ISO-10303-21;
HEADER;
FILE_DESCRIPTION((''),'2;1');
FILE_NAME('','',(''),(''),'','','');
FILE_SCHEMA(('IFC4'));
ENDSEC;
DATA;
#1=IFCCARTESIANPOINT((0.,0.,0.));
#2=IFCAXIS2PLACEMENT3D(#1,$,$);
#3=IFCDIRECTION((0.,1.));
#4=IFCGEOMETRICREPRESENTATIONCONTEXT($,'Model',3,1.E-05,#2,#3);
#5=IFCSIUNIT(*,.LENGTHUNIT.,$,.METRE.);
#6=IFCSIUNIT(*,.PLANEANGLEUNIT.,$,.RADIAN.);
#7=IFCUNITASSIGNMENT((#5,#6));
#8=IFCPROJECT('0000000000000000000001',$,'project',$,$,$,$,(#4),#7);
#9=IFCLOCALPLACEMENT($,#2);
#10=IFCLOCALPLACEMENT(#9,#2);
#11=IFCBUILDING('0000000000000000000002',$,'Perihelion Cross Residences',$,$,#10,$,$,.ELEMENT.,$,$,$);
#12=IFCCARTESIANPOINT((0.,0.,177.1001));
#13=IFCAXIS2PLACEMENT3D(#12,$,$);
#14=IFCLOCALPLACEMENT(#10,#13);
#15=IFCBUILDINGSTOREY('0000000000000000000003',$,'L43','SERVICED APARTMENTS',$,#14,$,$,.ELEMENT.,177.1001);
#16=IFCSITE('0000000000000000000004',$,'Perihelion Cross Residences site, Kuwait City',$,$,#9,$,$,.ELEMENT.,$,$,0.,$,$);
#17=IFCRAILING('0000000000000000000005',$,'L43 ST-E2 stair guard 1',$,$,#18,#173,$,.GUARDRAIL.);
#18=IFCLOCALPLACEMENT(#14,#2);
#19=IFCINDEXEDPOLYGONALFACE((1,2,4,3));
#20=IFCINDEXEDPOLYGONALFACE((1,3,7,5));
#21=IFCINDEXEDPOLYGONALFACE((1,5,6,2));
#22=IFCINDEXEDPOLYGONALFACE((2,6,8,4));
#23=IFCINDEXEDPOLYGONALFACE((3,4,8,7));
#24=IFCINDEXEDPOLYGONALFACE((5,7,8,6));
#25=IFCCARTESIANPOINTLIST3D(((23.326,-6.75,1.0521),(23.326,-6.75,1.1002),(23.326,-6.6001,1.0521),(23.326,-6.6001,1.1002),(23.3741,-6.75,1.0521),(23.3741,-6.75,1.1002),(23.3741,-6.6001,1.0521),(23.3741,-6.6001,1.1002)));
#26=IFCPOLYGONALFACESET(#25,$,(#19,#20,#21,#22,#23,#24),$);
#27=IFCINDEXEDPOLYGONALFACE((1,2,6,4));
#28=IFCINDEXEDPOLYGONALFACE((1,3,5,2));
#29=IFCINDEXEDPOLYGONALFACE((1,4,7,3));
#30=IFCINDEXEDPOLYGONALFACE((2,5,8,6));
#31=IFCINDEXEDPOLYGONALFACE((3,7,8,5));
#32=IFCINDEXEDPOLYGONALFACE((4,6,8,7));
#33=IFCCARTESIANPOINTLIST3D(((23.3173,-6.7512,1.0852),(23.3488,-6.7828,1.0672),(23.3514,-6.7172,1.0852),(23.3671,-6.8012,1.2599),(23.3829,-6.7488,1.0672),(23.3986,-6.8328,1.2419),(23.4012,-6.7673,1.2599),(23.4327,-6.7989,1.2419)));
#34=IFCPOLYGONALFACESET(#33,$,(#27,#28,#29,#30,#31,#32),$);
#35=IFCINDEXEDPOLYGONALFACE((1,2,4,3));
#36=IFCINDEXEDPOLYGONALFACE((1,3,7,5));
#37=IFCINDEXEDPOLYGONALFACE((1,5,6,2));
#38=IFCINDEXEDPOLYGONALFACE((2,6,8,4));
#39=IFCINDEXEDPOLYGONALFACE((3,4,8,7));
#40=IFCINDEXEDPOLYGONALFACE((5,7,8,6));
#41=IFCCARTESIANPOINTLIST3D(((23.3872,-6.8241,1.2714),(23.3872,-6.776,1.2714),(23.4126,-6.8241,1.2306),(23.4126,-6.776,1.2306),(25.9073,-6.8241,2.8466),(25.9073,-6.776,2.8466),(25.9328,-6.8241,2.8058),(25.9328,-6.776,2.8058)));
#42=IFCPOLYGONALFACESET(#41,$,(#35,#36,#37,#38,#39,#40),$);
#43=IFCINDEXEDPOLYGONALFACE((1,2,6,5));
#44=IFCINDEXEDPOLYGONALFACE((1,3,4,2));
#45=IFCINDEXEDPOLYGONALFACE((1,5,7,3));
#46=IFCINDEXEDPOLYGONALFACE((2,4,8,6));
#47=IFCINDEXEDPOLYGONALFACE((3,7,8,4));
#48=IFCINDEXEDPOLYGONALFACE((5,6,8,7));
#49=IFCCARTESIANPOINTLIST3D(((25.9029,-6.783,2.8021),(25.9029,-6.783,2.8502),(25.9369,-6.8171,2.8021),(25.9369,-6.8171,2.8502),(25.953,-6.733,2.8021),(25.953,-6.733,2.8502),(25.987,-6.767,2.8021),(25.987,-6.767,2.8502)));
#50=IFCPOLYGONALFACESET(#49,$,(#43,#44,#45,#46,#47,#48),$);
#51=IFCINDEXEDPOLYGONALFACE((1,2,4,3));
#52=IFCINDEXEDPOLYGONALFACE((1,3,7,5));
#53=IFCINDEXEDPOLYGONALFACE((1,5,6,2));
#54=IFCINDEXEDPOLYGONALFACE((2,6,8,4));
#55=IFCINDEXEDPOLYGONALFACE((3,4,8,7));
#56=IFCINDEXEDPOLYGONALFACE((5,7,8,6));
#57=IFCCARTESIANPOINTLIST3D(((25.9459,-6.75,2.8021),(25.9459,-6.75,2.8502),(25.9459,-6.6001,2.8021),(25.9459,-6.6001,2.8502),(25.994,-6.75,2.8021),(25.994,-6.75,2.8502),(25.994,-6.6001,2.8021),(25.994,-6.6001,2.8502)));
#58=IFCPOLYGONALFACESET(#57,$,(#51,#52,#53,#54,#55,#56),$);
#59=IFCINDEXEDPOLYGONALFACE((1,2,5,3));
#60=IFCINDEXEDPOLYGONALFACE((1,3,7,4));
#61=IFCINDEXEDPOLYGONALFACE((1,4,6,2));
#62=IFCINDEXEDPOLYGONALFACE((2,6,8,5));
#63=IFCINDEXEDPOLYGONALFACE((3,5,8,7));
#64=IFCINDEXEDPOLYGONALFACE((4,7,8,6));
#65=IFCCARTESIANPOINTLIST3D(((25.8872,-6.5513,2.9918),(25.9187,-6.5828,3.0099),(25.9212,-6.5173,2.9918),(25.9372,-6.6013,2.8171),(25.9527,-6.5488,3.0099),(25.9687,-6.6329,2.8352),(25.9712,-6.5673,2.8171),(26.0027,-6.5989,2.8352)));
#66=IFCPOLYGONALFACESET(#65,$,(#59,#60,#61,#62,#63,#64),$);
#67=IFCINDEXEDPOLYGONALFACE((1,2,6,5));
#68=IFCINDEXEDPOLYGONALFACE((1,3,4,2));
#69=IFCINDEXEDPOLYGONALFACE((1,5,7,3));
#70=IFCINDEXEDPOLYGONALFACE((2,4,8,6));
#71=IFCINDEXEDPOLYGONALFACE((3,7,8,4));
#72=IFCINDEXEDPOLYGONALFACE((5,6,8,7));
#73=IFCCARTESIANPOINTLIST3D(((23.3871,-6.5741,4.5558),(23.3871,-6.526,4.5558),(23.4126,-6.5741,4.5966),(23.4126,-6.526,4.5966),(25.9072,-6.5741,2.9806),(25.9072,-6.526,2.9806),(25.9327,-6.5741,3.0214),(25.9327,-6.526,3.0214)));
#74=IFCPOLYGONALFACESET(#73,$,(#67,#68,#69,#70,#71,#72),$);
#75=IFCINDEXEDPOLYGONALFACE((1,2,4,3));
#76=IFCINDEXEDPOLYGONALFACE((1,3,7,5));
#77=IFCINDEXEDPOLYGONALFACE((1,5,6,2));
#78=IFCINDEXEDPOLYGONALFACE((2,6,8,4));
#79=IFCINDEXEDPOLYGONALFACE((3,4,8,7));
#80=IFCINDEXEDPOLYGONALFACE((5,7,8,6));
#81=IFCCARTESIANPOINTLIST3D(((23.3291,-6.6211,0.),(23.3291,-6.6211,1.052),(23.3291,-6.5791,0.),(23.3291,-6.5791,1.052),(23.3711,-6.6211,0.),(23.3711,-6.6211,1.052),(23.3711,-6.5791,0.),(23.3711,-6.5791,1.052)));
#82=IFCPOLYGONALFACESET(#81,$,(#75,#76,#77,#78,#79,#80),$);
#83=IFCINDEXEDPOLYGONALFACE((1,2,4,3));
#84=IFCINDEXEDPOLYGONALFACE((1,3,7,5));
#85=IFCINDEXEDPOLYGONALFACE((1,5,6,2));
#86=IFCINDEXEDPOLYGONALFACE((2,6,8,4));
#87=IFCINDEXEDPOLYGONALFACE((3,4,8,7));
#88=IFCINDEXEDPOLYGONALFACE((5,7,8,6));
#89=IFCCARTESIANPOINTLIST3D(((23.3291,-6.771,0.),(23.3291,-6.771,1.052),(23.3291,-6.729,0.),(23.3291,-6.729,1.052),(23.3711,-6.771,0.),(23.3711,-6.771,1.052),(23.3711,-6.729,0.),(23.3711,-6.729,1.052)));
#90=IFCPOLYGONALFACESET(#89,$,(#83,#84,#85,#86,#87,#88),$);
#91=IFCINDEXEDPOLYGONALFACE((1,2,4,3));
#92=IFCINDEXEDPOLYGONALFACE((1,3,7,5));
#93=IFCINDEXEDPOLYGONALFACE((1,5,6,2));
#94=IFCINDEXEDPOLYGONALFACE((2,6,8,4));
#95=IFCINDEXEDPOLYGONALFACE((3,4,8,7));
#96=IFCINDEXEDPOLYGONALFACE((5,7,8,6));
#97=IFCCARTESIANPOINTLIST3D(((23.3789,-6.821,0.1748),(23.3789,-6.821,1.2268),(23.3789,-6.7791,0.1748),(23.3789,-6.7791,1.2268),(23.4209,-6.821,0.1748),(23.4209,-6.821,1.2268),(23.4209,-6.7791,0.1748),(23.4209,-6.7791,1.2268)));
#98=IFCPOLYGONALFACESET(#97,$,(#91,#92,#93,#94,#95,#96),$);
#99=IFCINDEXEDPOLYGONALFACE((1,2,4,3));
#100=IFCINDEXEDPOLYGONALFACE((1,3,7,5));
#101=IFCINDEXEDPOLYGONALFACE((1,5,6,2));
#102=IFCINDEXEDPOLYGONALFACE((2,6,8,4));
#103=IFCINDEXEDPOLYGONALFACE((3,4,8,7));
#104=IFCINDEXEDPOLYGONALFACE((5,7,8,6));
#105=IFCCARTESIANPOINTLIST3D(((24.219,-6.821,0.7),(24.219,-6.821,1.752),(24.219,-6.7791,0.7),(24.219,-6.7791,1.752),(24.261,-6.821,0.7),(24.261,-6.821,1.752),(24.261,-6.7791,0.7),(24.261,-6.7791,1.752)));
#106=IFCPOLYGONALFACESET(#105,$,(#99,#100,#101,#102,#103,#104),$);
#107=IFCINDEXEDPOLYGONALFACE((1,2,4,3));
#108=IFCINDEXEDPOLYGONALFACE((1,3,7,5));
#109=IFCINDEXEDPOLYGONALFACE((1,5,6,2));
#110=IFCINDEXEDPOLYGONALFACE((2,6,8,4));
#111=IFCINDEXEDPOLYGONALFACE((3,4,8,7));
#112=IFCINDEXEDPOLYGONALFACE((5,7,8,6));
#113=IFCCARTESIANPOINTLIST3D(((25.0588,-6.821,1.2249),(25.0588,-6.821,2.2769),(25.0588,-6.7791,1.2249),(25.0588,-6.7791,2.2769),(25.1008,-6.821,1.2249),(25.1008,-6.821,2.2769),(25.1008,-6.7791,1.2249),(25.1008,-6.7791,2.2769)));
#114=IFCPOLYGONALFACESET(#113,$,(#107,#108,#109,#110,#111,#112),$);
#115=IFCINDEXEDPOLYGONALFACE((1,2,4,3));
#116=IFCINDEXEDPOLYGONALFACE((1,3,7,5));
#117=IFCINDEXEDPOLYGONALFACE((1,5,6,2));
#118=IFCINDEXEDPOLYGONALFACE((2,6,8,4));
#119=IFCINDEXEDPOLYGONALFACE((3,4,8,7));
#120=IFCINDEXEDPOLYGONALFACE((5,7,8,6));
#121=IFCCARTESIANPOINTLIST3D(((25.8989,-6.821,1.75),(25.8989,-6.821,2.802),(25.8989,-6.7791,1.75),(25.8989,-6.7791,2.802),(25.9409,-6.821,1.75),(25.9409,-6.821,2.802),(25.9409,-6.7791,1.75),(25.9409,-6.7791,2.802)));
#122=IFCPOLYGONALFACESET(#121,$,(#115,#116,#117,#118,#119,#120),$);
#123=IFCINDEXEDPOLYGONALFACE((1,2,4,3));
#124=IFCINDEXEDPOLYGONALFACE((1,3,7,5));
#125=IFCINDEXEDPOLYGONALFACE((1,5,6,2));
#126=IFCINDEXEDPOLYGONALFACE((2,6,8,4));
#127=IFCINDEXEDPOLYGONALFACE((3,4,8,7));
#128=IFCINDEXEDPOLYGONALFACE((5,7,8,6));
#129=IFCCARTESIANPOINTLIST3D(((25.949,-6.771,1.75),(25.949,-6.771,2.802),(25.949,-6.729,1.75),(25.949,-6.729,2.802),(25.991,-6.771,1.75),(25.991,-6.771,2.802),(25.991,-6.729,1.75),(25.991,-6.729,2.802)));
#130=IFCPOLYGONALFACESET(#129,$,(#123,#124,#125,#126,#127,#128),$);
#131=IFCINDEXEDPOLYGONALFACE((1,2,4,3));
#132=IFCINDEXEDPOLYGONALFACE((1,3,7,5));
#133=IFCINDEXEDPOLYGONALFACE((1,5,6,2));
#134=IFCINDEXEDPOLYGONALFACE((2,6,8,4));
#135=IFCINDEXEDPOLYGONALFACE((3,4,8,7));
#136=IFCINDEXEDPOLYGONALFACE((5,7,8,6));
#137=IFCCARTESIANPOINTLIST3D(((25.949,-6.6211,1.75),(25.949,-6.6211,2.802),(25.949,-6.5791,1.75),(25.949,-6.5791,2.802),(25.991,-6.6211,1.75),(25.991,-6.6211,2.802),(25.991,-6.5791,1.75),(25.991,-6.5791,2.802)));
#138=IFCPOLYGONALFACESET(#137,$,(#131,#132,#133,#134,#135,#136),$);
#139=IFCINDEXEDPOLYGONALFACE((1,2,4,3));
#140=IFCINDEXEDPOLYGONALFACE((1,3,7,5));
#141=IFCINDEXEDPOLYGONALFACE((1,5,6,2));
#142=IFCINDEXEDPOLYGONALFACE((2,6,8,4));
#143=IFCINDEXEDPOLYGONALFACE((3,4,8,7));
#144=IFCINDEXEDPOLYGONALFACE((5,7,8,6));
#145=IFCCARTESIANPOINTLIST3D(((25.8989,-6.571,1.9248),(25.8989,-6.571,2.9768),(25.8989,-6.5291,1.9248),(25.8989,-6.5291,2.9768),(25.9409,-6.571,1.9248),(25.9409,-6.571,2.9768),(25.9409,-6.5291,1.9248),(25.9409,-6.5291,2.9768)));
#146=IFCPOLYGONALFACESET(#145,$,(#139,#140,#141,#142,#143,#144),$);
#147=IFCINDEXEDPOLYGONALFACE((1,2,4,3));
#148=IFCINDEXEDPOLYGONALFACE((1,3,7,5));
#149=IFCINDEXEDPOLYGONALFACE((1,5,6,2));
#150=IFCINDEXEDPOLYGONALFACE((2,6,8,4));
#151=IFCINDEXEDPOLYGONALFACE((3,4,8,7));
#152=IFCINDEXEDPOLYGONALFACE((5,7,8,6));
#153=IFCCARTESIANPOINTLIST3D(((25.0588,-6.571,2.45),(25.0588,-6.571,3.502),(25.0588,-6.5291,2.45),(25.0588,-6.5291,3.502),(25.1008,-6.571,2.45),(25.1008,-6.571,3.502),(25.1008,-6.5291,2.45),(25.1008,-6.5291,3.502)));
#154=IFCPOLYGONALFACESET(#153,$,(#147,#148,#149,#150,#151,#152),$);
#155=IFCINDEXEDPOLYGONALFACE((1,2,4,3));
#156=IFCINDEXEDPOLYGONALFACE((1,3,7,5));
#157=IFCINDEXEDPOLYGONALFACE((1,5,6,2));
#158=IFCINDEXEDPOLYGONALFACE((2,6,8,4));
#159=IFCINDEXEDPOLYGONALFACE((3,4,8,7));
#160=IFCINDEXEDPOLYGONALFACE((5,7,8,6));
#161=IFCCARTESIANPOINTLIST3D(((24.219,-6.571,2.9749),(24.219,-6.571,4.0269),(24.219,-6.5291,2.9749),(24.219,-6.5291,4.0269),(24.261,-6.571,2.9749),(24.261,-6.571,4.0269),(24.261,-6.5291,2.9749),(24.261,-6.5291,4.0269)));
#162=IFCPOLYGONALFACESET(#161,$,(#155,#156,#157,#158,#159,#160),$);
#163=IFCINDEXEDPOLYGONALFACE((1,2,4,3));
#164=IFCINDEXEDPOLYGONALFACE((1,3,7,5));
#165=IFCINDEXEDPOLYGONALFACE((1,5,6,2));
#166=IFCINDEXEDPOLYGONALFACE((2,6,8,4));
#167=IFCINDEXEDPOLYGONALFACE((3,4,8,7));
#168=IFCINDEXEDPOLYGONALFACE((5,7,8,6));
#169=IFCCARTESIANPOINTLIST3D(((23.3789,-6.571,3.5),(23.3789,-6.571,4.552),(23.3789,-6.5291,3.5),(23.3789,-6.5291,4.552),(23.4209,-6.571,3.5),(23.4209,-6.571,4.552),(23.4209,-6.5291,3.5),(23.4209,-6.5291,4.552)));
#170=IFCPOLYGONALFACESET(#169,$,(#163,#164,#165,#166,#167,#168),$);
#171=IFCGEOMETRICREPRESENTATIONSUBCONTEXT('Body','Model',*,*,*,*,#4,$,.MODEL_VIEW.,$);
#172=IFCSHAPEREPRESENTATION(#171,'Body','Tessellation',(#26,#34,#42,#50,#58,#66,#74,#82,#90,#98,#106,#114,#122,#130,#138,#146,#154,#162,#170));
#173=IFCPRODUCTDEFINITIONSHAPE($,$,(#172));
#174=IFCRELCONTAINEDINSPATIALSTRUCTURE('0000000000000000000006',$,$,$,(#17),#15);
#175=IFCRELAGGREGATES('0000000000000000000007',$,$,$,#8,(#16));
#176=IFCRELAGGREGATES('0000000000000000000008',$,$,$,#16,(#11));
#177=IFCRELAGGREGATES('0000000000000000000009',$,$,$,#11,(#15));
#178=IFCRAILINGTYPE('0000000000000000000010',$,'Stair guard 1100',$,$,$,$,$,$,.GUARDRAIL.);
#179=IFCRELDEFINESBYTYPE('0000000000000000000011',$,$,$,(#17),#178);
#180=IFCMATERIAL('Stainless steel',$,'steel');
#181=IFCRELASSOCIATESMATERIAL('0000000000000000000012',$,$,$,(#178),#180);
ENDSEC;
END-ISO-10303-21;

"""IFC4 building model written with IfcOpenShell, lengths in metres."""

from ifc_helpers import new_model, si_unit, direction, frame, origin, origin_2d, place, context, subcontext, project, spatial, rectangle, extrude, material, type_object, element, save


model = new_model("IFC4")

# Units and contexts
model_context = context("Model", 3, precision=1e-05, world=origin(), true_north=direction((0.0, 1.0)))
body_context = subcontext(model_context, "Body", "Model", "MODEL_VIEW")
ifc_project = project(units=[si_unit("LENGTHUNIT", "METRE"), si_unit("PLANEANGLEUNIT", "RADIAN")], contexts=[model_context])

# Site, building, storey
site_placement = place(None, origin())
site = spatial("IfcSite", under=ifc_project, at=site_placement, Name="Perihelion Cross Residences site, Kuwait City", CompositionType="ELEMENT", RefElevation=0.0)
building_placement = place(site_placement, origin())
building = spatial("IfcBuilding", under=site, at=building_placement, Name="Perihelion Cross Residences", CompositionType="ELEMENT")
storey_placement = place(building_placement, frame((0.0, 0.0, 177.1001)))
storey = spatial("IfcBuildingStorey", under=building, at=storey_placement, Name="L43", Description="SERVICED APARTMENTS", CompositionType="ELEMENT", Elevation=177.1001)

# Railing
ifc_material_1 = material(Name="Stainless steel", Category="steel")
railing_type_1 = type_object("IfcRailingType", Name="Stair guard 1100", PredefinedType="GUARDRAIL", material=ifc_material_1)
railing_1_placement = place(storey_placement, frame((23.3501, -6.6001, 0.0)))
element("IfcRailing", 1, at=railing_1_placement, inside=storey, type_object=railing_type_1, Name="L43 ST-E2 stair guard 1", PredefinedType="GUARDRAIL", context=body_context, shape_type="SweptSolid", body=[
    extrude(rectangle(XDim=0.0481, YDim=0.0481, at=origin_2d()), frame((0.0, 0.0, 1.0762), z_axis=(0.0, -1.0, 0.0), x_axis=(1.0, 0.0, 0.0)), (0.0, 0.0, 1.0), 0.1499),
    extrude(rectangle(XDim=0.0481, YDim=0.0481, at=origin_2d()), frame((0.0, -0.1499, 1.0762), z_axis=(0.264179, -0.265474, 0.927218), x_axis=(0.708834, 0.705376, 0.0)), (0.0, 0.0, 1.0), 0.1885),
    extrude(rectangle(XDim=0.0481, YDim=0.0481, at=origin_2d()), frame((0.0498, -0.2, 1.251), z_axis=(0.847971, 0.0, 0.530043), x_axis=(0.0, 1.0, 0.0)), (0.0, 0.0, 1.0), 2.9719),
    extrude(rectangle(XDim=0.0481, YDim=0.0481, at=origin_2d()), frame((2.5698, -0.2, 2.8262), z_axis=(0.707107, 0.707107, 0.0), x_axis=(-0.707107, 0.707107, 0.0)), (0.0, 0.0, 1.0), 0.0708),
    extrude(rectangle(XDim=0.0481, YDim=0.0481, at=origin_2d()), frame((2.6199, -0.1499, 2.8262), z_axis=(0.0, 1.0, 0.0), x_axis=(-1.0, 0.0, 0.0)), (0.0, 0.0, 1.0), 0.1499),
    extrude(rectangle(XDim=0.0481, YDim=0.0481, at=origin_2d()), frame((2.6199, 0.0, 2.8262), z_axis=(-0.265383, 0.265383, 0.9269), x_axis=(-0.707107, -0.707107, 0.0)), (0.0, 0.0, 1.0), 0.1885),
    extrude(rectangle(XDim=0.0481, YDim=0.0481, at=origin_2d()), frame((2.5698, 0.05, 3.001), z_axis=(-0.847971, 0.0, 0.530043), x_axis=(0.0, -1.0, 0.0)), (0.0, 0.0, 1.0), 2.9719),
    extrude(rectangle(XDim=0.042, YDim=0.042, at=origin_2d()), origin(), (0.0, 0.0, 1.0), 1.052),
    extrude(rectangle(XDim=0.042, YDim=0.042, at=origin_2d()), frame((0.0, -0.1499, 0.0)), (0.0, 0.0, 1.0), 1.052),
    extrude(rectangle(XDim=0.042, YDim=0.042, at=origin_2d()), frame((0.0498, -0.2, 0.1748)), (0.0, 0.0, 1.0), 1.052),
    extrude(rectangle(XDim=0.042, YDim=0.042, at=origin_2d()), frame((0.8899, -0.2, 0.7)), (0.0, 0.0, 1.0), 1.052),
    extrude(rectangle(XDim=0.042, YDim=0.042, at=origin_2d()), frame((1.7297, -0.2, 1.2249)), (0.0, 0.0, 1.0), 1.052),
    extrude(rectangle(XDim=0.042, YDim=0.042, at=origin_2d()), frame((2.5698, -0.2, 1.75)), (0.0, 0.0, 1.0), 1.052),
    extrude(rectangle(XDim=0.042, YDim=0.042, at=origin_2d()), frame((2.6199, -0.1499, 1.75)), (0.0, 0.0, 1.0), 1.052),
    extrude(rectangle(XDim=0.042, YDim=0.042, at=origin_2d()), frame((2.6199, 0.0, 1.75)), (0.0, 0.0, 1.0), 1.052),
    extrude(rectangle(XDim=0.042, YDim=0.042, at=origin_2d()), frame((2.5698, 0.05, 1.9248)), (0.0, 0.0, 1.0), 1.052),
    extrude(rectangle(XDim=0.042, YDim=0.042, at=origin_2d()), frame((1.7297, 0.05, 2.45)), (0.0, 0.0, 1.0), 1.052),
    extrude(rectangle(XDim=0.042, YDim=0.042, at=origin_2d()), frame((0.8899, 0.05, 2.9749)), (0.0, 0.0, 1.0), 1.052),
    extrude(rectangle(XDim=0.042, YDim=0.042, at=origin_2d()), frame((0.0498, 0.05, 3.5)), (0.0, 0.0, 1.0), 1.052),
])

save(model, "model.ifc")
